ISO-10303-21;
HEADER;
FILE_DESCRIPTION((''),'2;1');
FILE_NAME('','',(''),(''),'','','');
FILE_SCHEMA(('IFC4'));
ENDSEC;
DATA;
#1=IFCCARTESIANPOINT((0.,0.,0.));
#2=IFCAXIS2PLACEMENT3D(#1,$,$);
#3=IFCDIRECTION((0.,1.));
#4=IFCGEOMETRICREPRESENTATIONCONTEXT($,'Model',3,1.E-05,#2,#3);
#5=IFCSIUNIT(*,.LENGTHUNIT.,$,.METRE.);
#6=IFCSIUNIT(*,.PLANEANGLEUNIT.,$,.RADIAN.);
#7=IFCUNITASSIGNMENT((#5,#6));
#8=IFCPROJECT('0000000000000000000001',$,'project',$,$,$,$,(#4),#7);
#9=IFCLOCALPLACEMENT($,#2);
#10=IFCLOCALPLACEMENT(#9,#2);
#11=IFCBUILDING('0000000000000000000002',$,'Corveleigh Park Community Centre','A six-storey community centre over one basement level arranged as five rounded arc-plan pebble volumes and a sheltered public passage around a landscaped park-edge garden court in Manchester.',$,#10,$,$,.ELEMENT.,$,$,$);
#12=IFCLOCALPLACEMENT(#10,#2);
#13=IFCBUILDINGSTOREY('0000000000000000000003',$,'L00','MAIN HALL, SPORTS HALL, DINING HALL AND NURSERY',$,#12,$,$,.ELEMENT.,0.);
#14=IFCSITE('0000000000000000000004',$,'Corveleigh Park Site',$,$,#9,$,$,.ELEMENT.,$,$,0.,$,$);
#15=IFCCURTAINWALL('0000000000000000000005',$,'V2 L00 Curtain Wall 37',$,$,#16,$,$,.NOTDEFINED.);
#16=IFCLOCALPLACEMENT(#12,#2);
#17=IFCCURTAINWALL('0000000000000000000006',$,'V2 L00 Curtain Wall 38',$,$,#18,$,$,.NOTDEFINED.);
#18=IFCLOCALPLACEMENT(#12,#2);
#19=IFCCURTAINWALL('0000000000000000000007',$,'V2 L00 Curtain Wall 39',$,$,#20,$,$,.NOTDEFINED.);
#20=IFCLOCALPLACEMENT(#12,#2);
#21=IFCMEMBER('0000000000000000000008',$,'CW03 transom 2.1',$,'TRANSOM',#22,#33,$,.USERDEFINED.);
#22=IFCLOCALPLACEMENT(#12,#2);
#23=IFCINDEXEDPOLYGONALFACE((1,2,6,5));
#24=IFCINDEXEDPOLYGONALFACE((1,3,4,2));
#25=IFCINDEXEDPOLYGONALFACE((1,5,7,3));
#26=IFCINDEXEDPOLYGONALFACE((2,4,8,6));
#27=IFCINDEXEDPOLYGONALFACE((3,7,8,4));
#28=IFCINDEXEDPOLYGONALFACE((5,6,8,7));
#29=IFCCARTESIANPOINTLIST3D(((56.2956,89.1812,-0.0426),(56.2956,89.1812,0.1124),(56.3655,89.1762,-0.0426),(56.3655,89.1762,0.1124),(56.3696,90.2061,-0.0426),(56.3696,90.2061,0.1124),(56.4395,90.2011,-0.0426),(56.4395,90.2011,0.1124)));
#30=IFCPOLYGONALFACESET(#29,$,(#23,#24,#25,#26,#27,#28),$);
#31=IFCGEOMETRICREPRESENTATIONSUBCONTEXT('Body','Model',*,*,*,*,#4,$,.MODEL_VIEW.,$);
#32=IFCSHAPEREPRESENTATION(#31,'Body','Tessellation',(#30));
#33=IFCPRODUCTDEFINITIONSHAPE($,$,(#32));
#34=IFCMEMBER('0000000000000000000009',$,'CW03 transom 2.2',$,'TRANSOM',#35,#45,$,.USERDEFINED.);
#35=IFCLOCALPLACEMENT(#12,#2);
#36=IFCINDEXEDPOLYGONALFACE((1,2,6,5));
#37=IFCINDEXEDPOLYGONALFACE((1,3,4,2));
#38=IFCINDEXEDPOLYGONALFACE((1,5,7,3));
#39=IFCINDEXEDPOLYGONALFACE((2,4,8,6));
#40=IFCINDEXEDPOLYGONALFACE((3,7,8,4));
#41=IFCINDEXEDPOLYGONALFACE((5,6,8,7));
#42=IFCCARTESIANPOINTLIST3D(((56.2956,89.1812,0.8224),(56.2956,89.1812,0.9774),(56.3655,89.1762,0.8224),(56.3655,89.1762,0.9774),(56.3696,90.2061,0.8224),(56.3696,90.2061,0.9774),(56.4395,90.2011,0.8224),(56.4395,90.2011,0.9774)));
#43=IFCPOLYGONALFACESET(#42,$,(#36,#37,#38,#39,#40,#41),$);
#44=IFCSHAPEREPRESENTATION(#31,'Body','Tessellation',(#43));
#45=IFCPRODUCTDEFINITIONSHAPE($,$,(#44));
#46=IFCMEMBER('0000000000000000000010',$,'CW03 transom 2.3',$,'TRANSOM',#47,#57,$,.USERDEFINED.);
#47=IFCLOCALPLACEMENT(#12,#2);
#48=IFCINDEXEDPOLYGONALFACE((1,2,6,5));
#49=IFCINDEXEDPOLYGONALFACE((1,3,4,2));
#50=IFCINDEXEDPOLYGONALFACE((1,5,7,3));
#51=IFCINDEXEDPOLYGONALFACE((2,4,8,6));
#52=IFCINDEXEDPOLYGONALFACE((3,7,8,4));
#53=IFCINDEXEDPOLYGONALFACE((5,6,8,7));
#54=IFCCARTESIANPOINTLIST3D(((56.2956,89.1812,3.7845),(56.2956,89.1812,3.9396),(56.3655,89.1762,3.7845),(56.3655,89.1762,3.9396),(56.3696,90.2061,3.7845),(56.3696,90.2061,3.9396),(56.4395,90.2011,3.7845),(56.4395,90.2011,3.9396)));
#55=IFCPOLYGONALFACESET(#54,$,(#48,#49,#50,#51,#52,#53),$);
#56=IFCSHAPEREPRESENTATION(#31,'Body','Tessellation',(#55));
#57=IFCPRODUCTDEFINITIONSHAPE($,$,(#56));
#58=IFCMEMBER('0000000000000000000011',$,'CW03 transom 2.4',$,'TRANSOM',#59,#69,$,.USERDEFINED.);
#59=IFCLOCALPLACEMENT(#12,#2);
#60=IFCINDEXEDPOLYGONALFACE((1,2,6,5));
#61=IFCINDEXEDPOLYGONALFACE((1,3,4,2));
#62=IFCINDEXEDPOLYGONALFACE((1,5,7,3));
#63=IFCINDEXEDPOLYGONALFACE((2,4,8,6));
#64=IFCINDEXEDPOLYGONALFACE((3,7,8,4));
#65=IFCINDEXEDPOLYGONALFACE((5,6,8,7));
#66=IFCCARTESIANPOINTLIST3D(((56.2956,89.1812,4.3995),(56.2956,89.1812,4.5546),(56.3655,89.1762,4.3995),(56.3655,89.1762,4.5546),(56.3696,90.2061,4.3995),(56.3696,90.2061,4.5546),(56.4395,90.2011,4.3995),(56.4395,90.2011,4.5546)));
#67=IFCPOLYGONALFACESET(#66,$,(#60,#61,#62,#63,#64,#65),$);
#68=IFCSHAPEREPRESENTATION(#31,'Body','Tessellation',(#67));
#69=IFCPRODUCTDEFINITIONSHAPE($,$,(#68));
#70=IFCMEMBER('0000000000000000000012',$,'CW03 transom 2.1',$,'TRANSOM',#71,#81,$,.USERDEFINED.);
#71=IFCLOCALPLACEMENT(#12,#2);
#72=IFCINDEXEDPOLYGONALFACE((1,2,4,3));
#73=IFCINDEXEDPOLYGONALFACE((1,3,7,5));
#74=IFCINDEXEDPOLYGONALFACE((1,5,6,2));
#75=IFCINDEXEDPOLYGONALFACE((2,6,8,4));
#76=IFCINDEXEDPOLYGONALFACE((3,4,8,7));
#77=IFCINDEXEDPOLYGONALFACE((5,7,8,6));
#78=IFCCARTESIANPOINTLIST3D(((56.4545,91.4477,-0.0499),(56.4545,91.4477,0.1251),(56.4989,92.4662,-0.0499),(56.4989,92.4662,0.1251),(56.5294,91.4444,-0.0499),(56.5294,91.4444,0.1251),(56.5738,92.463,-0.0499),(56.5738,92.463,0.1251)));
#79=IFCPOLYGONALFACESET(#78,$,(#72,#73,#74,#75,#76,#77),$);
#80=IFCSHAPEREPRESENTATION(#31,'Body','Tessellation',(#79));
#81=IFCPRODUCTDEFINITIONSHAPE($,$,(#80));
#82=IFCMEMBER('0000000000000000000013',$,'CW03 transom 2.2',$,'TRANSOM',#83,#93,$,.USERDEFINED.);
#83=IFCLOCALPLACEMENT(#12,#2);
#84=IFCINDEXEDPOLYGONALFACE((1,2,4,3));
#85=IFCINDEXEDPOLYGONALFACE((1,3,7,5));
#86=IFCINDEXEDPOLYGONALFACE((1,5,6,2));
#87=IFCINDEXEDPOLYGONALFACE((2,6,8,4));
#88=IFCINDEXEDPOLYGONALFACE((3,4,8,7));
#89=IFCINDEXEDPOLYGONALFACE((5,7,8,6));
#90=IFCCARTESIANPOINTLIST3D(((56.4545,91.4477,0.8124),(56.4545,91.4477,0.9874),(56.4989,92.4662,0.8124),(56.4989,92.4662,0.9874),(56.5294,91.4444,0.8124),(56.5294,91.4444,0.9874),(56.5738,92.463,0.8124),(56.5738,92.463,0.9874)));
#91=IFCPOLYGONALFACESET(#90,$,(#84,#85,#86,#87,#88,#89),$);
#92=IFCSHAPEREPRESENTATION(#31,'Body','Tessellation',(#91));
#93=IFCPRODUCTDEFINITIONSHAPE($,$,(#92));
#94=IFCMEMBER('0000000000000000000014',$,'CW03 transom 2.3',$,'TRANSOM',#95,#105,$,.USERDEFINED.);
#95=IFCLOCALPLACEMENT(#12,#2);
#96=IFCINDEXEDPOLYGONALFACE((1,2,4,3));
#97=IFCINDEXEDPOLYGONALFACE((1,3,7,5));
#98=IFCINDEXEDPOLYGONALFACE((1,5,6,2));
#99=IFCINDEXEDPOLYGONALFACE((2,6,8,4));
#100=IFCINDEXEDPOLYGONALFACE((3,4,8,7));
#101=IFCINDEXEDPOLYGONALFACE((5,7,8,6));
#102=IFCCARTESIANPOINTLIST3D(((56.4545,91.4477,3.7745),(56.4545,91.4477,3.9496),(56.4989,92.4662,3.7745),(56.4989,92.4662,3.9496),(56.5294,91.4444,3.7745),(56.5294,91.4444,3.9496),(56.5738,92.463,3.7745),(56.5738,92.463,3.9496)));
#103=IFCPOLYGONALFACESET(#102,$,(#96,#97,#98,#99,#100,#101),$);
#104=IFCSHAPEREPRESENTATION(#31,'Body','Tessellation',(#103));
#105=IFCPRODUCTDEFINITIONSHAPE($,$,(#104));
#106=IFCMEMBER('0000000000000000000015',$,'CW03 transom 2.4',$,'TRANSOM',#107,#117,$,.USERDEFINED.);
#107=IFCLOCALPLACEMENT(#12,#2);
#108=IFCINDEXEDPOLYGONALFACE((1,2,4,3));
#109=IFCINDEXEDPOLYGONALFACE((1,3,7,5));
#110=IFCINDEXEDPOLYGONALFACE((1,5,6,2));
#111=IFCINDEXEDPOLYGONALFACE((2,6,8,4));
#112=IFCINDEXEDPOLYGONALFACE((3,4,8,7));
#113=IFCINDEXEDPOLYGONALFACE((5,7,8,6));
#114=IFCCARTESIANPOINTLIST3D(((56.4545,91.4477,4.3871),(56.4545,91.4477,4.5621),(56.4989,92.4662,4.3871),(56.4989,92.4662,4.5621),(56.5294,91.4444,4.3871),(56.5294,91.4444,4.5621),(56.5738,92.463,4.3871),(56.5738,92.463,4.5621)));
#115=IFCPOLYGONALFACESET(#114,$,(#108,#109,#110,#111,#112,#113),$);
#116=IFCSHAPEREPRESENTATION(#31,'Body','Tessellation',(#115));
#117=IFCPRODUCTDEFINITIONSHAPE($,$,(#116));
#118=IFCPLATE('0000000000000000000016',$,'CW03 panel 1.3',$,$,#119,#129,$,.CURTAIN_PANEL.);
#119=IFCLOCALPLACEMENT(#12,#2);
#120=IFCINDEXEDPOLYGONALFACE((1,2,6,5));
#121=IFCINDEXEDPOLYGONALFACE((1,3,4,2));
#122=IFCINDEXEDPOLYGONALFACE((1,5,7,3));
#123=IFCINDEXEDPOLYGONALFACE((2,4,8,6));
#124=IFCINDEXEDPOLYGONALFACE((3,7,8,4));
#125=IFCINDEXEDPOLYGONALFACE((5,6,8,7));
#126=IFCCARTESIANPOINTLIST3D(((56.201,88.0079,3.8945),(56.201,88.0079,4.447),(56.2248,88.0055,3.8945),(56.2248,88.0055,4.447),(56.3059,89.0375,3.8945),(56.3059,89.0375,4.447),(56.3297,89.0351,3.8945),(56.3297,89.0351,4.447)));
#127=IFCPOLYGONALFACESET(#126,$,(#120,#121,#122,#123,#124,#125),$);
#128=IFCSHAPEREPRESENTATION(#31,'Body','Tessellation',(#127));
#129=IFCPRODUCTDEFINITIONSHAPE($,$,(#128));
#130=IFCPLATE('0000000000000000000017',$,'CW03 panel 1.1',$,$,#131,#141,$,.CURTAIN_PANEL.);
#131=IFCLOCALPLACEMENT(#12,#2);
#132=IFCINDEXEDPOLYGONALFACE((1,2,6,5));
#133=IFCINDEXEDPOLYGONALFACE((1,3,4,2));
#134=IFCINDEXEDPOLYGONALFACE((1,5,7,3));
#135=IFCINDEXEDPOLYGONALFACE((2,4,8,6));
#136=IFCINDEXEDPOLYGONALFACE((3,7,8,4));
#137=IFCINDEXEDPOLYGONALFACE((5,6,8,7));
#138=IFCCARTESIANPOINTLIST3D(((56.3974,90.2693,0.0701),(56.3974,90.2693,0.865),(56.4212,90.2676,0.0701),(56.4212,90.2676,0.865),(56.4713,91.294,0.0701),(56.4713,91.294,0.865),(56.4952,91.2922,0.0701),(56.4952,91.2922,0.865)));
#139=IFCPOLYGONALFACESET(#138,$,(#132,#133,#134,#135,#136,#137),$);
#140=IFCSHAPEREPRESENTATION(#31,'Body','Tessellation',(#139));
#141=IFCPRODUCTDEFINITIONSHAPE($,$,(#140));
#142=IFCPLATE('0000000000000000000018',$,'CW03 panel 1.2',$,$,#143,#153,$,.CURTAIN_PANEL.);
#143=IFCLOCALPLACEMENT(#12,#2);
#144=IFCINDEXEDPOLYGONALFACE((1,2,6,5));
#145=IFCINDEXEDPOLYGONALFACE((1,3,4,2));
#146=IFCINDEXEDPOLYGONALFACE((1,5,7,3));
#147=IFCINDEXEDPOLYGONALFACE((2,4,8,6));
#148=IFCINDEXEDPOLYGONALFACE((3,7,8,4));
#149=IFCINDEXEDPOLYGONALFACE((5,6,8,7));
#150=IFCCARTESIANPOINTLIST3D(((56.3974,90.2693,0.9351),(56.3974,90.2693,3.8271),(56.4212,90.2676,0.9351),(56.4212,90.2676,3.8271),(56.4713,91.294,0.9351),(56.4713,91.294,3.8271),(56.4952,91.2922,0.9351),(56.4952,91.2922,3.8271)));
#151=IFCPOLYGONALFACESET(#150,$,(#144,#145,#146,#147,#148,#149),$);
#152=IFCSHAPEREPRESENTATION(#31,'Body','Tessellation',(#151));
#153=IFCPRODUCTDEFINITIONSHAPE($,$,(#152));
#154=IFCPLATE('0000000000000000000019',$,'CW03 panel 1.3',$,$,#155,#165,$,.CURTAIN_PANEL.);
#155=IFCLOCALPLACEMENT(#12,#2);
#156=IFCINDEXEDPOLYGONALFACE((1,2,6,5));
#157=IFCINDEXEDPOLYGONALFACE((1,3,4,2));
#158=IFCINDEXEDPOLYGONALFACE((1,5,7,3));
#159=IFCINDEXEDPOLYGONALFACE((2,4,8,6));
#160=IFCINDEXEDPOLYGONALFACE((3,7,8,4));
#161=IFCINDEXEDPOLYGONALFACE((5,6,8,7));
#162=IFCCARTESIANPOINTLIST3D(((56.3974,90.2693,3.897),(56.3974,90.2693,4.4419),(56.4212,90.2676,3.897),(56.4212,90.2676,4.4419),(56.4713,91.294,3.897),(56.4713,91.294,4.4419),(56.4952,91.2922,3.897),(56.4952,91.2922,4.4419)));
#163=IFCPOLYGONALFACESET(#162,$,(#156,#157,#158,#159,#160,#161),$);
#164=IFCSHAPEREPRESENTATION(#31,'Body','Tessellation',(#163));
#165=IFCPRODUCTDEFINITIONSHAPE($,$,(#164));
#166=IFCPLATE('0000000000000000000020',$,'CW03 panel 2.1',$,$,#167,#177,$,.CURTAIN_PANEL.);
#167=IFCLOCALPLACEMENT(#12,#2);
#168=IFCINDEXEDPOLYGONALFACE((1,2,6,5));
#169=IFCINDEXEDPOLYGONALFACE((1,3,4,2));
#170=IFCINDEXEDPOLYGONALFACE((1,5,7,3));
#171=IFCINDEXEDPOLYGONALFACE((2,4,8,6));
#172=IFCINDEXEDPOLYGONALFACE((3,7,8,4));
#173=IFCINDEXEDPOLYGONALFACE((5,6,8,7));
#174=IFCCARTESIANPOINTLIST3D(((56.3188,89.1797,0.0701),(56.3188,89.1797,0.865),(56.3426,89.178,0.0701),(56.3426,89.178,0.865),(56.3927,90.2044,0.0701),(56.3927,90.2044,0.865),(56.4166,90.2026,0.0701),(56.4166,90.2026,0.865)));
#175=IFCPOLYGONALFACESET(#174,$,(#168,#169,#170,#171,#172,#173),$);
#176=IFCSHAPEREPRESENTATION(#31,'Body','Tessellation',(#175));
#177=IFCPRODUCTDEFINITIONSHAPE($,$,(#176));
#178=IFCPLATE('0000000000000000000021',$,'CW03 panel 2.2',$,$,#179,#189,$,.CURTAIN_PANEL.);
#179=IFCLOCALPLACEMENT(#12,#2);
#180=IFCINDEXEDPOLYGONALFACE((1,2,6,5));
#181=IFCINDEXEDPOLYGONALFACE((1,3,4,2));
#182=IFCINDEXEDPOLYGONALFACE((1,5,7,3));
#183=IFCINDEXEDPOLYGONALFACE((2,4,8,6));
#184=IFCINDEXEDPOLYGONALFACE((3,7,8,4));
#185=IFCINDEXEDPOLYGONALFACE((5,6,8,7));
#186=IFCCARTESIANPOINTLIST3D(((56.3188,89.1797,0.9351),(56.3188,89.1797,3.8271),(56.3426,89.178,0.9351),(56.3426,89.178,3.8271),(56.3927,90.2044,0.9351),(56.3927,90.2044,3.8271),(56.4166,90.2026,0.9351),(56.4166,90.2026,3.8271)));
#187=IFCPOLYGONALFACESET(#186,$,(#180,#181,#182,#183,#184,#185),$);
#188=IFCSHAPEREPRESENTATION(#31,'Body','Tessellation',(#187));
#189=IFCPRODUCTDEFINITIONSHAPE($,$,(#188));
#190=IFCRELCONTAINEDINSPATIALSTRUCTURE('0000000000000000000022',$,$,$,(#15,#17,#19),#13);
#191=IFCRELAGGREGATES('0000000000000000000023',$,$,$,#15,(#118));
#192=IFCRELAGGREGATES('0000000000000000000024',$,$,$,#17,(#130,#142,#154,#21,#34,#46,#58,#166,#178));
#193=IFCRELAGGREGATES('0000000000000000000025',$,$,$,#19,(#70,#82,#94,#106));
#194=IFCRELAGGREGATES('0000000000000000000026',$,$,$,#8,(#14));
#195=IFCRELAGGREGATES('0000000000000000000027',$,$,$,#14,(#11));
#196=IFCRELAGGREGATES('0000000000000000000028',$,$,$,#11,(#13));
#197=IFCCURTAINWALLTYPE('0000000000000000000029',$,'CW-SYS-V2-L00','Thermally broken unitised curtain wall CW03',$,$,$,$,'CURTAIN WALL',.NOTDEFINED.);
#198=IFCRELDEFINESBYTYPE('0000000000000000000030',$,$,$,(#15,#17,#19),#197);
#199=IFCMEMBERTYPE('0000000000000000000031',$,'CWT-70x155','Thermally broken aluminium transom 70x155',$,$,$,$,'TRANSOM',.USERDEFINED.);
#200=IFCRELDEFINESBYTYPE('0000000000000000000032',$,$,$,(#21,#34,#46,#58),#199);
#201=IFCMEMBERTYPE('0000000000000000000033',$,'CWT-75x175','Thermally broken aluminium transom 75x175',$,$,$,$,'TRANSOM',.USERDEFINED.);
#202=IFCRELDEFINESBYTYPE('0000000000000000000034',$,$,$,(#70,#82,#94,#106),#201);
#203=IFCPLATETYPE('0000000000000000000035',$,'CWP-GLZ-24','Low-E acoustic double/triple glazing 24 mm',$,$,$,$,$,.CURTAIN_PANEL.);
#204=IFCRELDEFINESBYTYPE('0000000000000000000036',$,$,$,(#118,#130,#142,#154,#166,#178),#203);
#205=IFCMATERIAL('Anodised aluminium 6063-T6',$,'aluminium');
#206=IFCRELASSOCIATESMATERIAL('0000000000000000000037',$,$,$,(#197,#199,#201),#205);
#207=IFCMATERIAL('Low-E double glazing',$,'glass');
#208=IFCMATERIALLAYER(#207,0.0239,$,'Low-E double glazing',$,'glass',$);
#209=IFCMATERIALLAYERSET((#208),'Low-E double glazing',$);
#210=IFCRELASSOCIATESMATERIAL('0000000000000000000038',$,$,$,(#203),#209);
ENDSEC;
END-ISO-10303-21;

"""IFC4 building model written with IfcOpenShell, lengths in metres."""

from ifc_helpers import new_model, si_unit, direction, frame, origin, origin_2d, place, context, subcontext, project, spatial, rectangle, extrude, material, layer, layer_set, material_profile, profile_set, type_object, element, aggregate, save


model = new_model("IFC4")

# Units and contexts
model_context = context("Model", 3, precision=1e-05, world=origin(), true_north=direction((0.0, 1.0)))
body_context = subcontext(model_context, "Body", "Model", "MODEL_VIEW")
ifc_project = project(units=[si_unit("LENGTHUNIT", "METRE"), si_unit("PLANEANGLEUNIT", "RADIAN")], contexts=[model_context])

# Site, building, storey
site_placement = place(None, origin())
site = spatial("IfcSite", under=ifc_project, at=site_placement, Name="Corveleigh Park Site", CompositionType="ELEMENT", RefElevation=0.0)
building_placement = place(site_placement, origin())
building = spatial("IfcBuilding", under=site, at=building_placement, Name="Corveleigh Park Community Centre", Description="A six-storey community centre over one basement level arranged as five rounded arc-plan pebble volumes and a sheltered public passage around a landscaped park-edge garden court in Manchester.", CompositionType="ELEMENT")
storey_placement = place(building_placement, origin())
storey = spatial("IfcBuildingStorey", under=building, at=storey_placement, Name="L00", Description="MAIN HALL, SPORTS HALL, DINING HALL AND NURSERY", CompositionType="ELEMENT", Elevation=0.0)

# Curtain wall
ifc_material_1 = material(Name="Anodised aluminium 6063-T6", Category="aluminium")
curtain_wall_type = type_object("IfcCurtainWallType", Name="CW-SYS-V2-L00", Description="Thermally broken unitised curtain wall CW03", ElementType="CURTAIN WALL", PredefinedType="NOTDEFINED", material=ifc_material_1)
curtain_wall_1_placement = place(storey_placement, origin())
curtain_wall_1 = element("IfcCurtainWall", 1, at=curtain_wall_1_placement, inside=storey, type_object=curtain_wall_type, Name="V2 L00 Curtain Wall 37", PredefinedType="NOTDEFINED")

# Curtain walls
curtain_wall_2_placement = place(storey_placement, origin())
curtain_wall_2 = element("IfcCurtainWall", 2, at=curtain_wall_2_placement, inside=storey, type_object=curtain_wall_type, Name="V2 L00 Curtain Wall 38", PredefinedType="NOTDEFINED")
curtain_wall_3_placement = place(storey_placement, origin())
curtain_wall_3 = element("IfcCurtainWall", 3, at=curtain_wall_3_placement, inside=storey, type_object=curtain_wall_type, Name="V2 L00 Curtain Wall 39", PredefinedType="NOTDEFINED")

# Members
ifc_material_profile_1 = material_profile(ifc_material_1, rectangle(XDim=0.0701, YDim=0.155, at=origin_2d()), Name="ALU-T70x155", Category="aluminium")
ifc_profile_set_1 = profile_set([ifc_material_profile_1], Name="Anodised aluminium 6063-T6")
member_type_1 = type_object("IfcMemberType", Name="CWT-70x155", Description="Thermally broken aluminium transom 70x155", ElementType="TRANSOM", PredefinedType="USERDEFINED", material=ifc_profile_set_1)
member_1_placement = place(storey_placement, frame((56.4045, 90.2036, 0.0349), z_axis=(-0.07199, -0.997405, 0.0), x_axis=(0.997405, -0.07199, 0.0)))
member_1 = element("IfcMember", 4, at=member_1_placement, type_object=member_type_1, Name="CW03 transom 2.1", ObjectType="TRANSOM", PredefinedType="USERDEFINED", context=body_context, shape_type="SweptSolid", body=[
    extrude(rectangle(XDim=0.0701, YDim=0.155, at=origin_2d()), origin(), (0.0, 0.0, 1.0), 1.0276),
])
member_2_placement = place(storey_placement, frame((56.4045, 90.2036, 0.8999), z_axis=(-0.07199, -0.997405, 0.0), x_axis=(0.997405, -0.07199, 0.0)))
member_2 = element("IfcMember", 5, at=member_2_placement, type_object=member_type_1, Name="CW03 transom 2.2", ObjectType="TRANSOM", PredefinedType="USERDEFINED", context=body_context, shape_type="SweptSolid", body=[
    extrude(rectangle(XDim=0.0701, YDim=0.155, at=origin_2d()), origin(), (0.0, 0.0, 1.0), 1.0276),
])
member_3_placement = place(storey_placement, frame((56.4045, 90.2036, 3.8621), z_axis=(-0.07199, -0.997405, 0.0), x_axis=(0.997405, -0.07199, 0.0)))
member_3 = element("IfcMember", 6, at=member_3_placement, type_object=member_type_1, Name="CW03 transom 2.3", ObjectType="TRANSOM", PredefinedType="USERDEFINED", context=body_context, shape_type="SweptSolid", body=[
    extrude(rectangle(XDim=0.0701, YDim=0.155, at=origin_2d()), origin(), (0.0, 0.0, 1.0), 1.0276),
])
member_4_placement = place(storey_placement, frame((56.4045, 90.2036, 4.4771), z_axis=(-0.07199, -0.997405, 0.0), x_axis=(0.997405, -0.07199, 0.0)))
member_4 = element("IfcMember", 7, at=member_4_placement, type_object=member_type_1, Name="CW03 transom 2.4", ObjectType="TRANSOM", PredefinedType="USERDEFINED", context=body_context, shape_type="SweptSolid", body=[
    extrude(rectangle(XDim=0.0701, YDim=0.155, at=origin_2d()), origin(), (0.0, 0.0, 1.0), 1.0276),
])
ifc_material_profile_2 = material_profile(ifc_material_1, rectangle(XDim=0.075, YDim=0.175, at=origin_2d()), Name="ALU-T75x175", Category="aluminium")
ifc_profile_set_2 = profile_set([ifc_material_profile_2], Name="Anodised aluminium 6063-T6")
member_type_2 = type_object("IfcMemberType", Name="CWT-75x175", Description="Thermally broken aluminium transom 75x175", ElementType="TRANSOM", PredefinedType="USERDEFINED", material=ifc_profile_set_2)
member_5_placement = place(storey_placement, frame((56.5364, 92.4646, 0.0376), z_axis=(-0.043583, -0.99905, 0.0), x_axis=(0.99905, -0.043583, 0.0)))
member_5 = element("IfcMember", 8, at=member_5_placement, type_object=member_type_2, Name="CW03 transom 2.1", ObjectType="TRANSOM", PredefinedType="USERDEFINED", context=body_context, shape_type="SweptSolid", body=[
    extrude(rectangle(XDim=0.075, YDim=0.175, at=origin_2d()), origin(), (0.0, 0.0, 1.0), 1.0195),
])
member_6_placement = place(storey_placement, frame((56.5364, 92.4646, 0.8999), z_axis=(-0.043583, -0.99905, 0.0), x_axis=(0.99905, -0.043583, 0.0)))
member_6 = element("IfcMember", 9, at=member_6_placement, type_object=member_type_2, Name="CW03 transom 2.2", ObjectType="TRANSOM", PredefinedType="USERDEFINED", context=body_context, shape_type="SweptSolid", body=[
    extrude(rectangle(XDim=0.075, YDim=0.175, at=origin_2d()), origin(), (0.0, 0.0, 1.0), 1.0195),
])
member_7_placement = place(storey_placement, frame((56.5364, 92.4646, 3.8621), z_axis=(-0.043583, -0.99905, 0.0), x_axis=(0.99905, -0.043583, 0.0)))
member_7 = element("IfcMember", 10, at=member_7_placement, type_object=member_type_2, Name="CW03 transom 2.3", ObjectType="TRANSOM", PredefinedType="USERDEFINED", context=body_context, shape_type="SweptSolid", body=[
    extrude(rectangle(XDim=0.075, YDim=0.175, at=origin_2d()), origin(), (0.0, 0.0, 1.0), 1.0195),
])
member_8_placement = place(storey_placement, frame((56.5364, 92.4646, 4.4746), z_axis=(-0.043583, -0.99905, 0.0), x_axis=(0.99905, -0.043583, 0.0)))
member_8 = element("IfcMember", 11, at=member_8_placement, type_object=member_type_2, Name="CW03 transom 2.4", ObjectType="TRANSOM", PredefinedType="USERDEFINED", context=body_context, shape_type="SweptSolid", body=[
    extrude(rectangle(XDim=0.075, YDim=0.175, at=origin_2d()), origin(), (0.0, 0.0, 1.0), 1.0195),
])

# Plates
ifc_material_2 = material(Name="Low-E double glazing", Category="glass")
ifc_layer_1 = layer(ifc_material_2, 0.0239, Name="Low-E double glazing", Category="glass")
ifc_layer_set_1 = layer_set([ifc_layer_1], Name="Low-E double glazing")
plate_type_1 = type_object("IfcPlateType", Name="CWP-GLZ-24", Description="Low-E acoustic double/triple glazing 24 mm", PredefinedType="CURTAIN_PANEL", material=ifc_layer_set_1)
plate_1_placement = place(storey_placement, frame((56.2654, 88.5215, 3.8945), z_axis=(0.0, 0.0, 1.0), x_axis=(-0.101352, -0.994851, 0.0)))
plate_1 = element("IfcPlate", 12, at=plate_1_placement, type_object=plate_type_1, Name="CW03 panel 1.3", PredefinedType="CURTAIN_PANEL", context=body_context, shape_type="SweptSolid", body=[
    extrude(rectangle(XDim=1.0349, YDim=0.0239, at=origin_2d()), origin(), (0.0, 0.0, 1.0), 0.5525),
])
aggregate(curtain_wall_1, [plate_1])
plate_2_placement = place(storey_placement, frame((56.4463, 90.7808, 0.0701), z_axis=(0.0, 0.0, 1.0), x_axis=(-0.072005, -0.997404, 0.0)))
plate_2 = element("IfcPlate", 13, at=plate_2_placement, type_object=plate_type_1, Name="CW03 panel 1.1", PredefinedType="CURTAIN_PANEL", context=body_context, shape_type="SweptSolid", body=[
    extrude(rectangle(XDim=1.0273, YDim=0.0239, at=origin_2d()), origin(), (0.0, 0.0, 1.0), 0.7949),
])
plate_3_placement = place(storey_placement, frame((56.4463, 90.7808, 0.9351), z_axis=(0.0, 0.0, 1.0), x_axis=(-0.072005, -0.997404, 0.0)))
plate_3 = element("IfcPlate", 14, at=plate_3_placement, type_object=plate_type_1, Name="CW03 panel 1.2", PredefinedType="CURTAIN_PANEL", context=body_context, shape_type="SweptSolid", body=[
    extrude(rectangle(XDim=1.0273, YDim=0.0239, at=origin_2d()), origin(), (0.0, 0.0, 1.0), 2.8921),
])
plate_4_placement = place(storey_placement, frame((56.4463, 90.7808, 3.897), z_axis=(0.0, 0.0, 1.0), x_axis=(-0.072005, -0.997404, 0.0)))
plate_4 = element("IfcPlate", 15, at=plate_4_placement, type_object=plate_type_1, Name="CW03 panel 1.3", PredefinedType="CURTAIN_PANEL", context=body_context, shape_type="SweptSolid", body=[
    extrude(rectangle(XDim=1.0273, YDim=0.0239, at=origin_2d()), origin(), (0.0, 0.0, 1.0), 0.5449),
])
plate_5_placement = place(storey_placement, frame((56.3677, 89.6912, 0.0701), z_axis=(0.0, 0.0, 1.0), x_axis=(-0.072005, -0.997404, 0.0)))
plate_5 = element("IfcPlate", 16, at=plate_5_placement, type_object=plate_type_1, Name="CW03 panel 2.1", PredefinedType="CURTAIN_PANEL", context=body_context, shape_type="SweptSolid", body=[
    extrude(rectangle(XDim=1.0273, YDim=0.0239, at=origin_2d()), origin(), (0.0, 0.0, 1.0), 0.7949),
])
plate_6_placement = place(storey_placement, frame((56.3677, 89.6912, 0.9351), z_axis=(0.0, 0.0, 1.0), x_axis=(-0.072005, -0.997404, 0.0)))
plate_6 = element("IfcPlate", 17, at=plate_6_placement, type_object=plate_type_1, Name="CW03 panel 2.2", PredefinedType="CURTAIN_PANEL", context=body_context, shape_type="SweptSolid", body=[
    extrude(rectangle(XDim=1.0273, YDim=0.0239, at=origin_2d()), origin(), (0.0, 0.0, 1.0), 2.8921),
])
aggregate(curtain_wall_2, [plate_2, plate_3, plate_4, member_1, member_2, member_3, member_4, plate_5, plate_6])
aggregate(curtain_wall_3, [member_5, member_6, member_7, member_8])

save(model, "model.ifc")
